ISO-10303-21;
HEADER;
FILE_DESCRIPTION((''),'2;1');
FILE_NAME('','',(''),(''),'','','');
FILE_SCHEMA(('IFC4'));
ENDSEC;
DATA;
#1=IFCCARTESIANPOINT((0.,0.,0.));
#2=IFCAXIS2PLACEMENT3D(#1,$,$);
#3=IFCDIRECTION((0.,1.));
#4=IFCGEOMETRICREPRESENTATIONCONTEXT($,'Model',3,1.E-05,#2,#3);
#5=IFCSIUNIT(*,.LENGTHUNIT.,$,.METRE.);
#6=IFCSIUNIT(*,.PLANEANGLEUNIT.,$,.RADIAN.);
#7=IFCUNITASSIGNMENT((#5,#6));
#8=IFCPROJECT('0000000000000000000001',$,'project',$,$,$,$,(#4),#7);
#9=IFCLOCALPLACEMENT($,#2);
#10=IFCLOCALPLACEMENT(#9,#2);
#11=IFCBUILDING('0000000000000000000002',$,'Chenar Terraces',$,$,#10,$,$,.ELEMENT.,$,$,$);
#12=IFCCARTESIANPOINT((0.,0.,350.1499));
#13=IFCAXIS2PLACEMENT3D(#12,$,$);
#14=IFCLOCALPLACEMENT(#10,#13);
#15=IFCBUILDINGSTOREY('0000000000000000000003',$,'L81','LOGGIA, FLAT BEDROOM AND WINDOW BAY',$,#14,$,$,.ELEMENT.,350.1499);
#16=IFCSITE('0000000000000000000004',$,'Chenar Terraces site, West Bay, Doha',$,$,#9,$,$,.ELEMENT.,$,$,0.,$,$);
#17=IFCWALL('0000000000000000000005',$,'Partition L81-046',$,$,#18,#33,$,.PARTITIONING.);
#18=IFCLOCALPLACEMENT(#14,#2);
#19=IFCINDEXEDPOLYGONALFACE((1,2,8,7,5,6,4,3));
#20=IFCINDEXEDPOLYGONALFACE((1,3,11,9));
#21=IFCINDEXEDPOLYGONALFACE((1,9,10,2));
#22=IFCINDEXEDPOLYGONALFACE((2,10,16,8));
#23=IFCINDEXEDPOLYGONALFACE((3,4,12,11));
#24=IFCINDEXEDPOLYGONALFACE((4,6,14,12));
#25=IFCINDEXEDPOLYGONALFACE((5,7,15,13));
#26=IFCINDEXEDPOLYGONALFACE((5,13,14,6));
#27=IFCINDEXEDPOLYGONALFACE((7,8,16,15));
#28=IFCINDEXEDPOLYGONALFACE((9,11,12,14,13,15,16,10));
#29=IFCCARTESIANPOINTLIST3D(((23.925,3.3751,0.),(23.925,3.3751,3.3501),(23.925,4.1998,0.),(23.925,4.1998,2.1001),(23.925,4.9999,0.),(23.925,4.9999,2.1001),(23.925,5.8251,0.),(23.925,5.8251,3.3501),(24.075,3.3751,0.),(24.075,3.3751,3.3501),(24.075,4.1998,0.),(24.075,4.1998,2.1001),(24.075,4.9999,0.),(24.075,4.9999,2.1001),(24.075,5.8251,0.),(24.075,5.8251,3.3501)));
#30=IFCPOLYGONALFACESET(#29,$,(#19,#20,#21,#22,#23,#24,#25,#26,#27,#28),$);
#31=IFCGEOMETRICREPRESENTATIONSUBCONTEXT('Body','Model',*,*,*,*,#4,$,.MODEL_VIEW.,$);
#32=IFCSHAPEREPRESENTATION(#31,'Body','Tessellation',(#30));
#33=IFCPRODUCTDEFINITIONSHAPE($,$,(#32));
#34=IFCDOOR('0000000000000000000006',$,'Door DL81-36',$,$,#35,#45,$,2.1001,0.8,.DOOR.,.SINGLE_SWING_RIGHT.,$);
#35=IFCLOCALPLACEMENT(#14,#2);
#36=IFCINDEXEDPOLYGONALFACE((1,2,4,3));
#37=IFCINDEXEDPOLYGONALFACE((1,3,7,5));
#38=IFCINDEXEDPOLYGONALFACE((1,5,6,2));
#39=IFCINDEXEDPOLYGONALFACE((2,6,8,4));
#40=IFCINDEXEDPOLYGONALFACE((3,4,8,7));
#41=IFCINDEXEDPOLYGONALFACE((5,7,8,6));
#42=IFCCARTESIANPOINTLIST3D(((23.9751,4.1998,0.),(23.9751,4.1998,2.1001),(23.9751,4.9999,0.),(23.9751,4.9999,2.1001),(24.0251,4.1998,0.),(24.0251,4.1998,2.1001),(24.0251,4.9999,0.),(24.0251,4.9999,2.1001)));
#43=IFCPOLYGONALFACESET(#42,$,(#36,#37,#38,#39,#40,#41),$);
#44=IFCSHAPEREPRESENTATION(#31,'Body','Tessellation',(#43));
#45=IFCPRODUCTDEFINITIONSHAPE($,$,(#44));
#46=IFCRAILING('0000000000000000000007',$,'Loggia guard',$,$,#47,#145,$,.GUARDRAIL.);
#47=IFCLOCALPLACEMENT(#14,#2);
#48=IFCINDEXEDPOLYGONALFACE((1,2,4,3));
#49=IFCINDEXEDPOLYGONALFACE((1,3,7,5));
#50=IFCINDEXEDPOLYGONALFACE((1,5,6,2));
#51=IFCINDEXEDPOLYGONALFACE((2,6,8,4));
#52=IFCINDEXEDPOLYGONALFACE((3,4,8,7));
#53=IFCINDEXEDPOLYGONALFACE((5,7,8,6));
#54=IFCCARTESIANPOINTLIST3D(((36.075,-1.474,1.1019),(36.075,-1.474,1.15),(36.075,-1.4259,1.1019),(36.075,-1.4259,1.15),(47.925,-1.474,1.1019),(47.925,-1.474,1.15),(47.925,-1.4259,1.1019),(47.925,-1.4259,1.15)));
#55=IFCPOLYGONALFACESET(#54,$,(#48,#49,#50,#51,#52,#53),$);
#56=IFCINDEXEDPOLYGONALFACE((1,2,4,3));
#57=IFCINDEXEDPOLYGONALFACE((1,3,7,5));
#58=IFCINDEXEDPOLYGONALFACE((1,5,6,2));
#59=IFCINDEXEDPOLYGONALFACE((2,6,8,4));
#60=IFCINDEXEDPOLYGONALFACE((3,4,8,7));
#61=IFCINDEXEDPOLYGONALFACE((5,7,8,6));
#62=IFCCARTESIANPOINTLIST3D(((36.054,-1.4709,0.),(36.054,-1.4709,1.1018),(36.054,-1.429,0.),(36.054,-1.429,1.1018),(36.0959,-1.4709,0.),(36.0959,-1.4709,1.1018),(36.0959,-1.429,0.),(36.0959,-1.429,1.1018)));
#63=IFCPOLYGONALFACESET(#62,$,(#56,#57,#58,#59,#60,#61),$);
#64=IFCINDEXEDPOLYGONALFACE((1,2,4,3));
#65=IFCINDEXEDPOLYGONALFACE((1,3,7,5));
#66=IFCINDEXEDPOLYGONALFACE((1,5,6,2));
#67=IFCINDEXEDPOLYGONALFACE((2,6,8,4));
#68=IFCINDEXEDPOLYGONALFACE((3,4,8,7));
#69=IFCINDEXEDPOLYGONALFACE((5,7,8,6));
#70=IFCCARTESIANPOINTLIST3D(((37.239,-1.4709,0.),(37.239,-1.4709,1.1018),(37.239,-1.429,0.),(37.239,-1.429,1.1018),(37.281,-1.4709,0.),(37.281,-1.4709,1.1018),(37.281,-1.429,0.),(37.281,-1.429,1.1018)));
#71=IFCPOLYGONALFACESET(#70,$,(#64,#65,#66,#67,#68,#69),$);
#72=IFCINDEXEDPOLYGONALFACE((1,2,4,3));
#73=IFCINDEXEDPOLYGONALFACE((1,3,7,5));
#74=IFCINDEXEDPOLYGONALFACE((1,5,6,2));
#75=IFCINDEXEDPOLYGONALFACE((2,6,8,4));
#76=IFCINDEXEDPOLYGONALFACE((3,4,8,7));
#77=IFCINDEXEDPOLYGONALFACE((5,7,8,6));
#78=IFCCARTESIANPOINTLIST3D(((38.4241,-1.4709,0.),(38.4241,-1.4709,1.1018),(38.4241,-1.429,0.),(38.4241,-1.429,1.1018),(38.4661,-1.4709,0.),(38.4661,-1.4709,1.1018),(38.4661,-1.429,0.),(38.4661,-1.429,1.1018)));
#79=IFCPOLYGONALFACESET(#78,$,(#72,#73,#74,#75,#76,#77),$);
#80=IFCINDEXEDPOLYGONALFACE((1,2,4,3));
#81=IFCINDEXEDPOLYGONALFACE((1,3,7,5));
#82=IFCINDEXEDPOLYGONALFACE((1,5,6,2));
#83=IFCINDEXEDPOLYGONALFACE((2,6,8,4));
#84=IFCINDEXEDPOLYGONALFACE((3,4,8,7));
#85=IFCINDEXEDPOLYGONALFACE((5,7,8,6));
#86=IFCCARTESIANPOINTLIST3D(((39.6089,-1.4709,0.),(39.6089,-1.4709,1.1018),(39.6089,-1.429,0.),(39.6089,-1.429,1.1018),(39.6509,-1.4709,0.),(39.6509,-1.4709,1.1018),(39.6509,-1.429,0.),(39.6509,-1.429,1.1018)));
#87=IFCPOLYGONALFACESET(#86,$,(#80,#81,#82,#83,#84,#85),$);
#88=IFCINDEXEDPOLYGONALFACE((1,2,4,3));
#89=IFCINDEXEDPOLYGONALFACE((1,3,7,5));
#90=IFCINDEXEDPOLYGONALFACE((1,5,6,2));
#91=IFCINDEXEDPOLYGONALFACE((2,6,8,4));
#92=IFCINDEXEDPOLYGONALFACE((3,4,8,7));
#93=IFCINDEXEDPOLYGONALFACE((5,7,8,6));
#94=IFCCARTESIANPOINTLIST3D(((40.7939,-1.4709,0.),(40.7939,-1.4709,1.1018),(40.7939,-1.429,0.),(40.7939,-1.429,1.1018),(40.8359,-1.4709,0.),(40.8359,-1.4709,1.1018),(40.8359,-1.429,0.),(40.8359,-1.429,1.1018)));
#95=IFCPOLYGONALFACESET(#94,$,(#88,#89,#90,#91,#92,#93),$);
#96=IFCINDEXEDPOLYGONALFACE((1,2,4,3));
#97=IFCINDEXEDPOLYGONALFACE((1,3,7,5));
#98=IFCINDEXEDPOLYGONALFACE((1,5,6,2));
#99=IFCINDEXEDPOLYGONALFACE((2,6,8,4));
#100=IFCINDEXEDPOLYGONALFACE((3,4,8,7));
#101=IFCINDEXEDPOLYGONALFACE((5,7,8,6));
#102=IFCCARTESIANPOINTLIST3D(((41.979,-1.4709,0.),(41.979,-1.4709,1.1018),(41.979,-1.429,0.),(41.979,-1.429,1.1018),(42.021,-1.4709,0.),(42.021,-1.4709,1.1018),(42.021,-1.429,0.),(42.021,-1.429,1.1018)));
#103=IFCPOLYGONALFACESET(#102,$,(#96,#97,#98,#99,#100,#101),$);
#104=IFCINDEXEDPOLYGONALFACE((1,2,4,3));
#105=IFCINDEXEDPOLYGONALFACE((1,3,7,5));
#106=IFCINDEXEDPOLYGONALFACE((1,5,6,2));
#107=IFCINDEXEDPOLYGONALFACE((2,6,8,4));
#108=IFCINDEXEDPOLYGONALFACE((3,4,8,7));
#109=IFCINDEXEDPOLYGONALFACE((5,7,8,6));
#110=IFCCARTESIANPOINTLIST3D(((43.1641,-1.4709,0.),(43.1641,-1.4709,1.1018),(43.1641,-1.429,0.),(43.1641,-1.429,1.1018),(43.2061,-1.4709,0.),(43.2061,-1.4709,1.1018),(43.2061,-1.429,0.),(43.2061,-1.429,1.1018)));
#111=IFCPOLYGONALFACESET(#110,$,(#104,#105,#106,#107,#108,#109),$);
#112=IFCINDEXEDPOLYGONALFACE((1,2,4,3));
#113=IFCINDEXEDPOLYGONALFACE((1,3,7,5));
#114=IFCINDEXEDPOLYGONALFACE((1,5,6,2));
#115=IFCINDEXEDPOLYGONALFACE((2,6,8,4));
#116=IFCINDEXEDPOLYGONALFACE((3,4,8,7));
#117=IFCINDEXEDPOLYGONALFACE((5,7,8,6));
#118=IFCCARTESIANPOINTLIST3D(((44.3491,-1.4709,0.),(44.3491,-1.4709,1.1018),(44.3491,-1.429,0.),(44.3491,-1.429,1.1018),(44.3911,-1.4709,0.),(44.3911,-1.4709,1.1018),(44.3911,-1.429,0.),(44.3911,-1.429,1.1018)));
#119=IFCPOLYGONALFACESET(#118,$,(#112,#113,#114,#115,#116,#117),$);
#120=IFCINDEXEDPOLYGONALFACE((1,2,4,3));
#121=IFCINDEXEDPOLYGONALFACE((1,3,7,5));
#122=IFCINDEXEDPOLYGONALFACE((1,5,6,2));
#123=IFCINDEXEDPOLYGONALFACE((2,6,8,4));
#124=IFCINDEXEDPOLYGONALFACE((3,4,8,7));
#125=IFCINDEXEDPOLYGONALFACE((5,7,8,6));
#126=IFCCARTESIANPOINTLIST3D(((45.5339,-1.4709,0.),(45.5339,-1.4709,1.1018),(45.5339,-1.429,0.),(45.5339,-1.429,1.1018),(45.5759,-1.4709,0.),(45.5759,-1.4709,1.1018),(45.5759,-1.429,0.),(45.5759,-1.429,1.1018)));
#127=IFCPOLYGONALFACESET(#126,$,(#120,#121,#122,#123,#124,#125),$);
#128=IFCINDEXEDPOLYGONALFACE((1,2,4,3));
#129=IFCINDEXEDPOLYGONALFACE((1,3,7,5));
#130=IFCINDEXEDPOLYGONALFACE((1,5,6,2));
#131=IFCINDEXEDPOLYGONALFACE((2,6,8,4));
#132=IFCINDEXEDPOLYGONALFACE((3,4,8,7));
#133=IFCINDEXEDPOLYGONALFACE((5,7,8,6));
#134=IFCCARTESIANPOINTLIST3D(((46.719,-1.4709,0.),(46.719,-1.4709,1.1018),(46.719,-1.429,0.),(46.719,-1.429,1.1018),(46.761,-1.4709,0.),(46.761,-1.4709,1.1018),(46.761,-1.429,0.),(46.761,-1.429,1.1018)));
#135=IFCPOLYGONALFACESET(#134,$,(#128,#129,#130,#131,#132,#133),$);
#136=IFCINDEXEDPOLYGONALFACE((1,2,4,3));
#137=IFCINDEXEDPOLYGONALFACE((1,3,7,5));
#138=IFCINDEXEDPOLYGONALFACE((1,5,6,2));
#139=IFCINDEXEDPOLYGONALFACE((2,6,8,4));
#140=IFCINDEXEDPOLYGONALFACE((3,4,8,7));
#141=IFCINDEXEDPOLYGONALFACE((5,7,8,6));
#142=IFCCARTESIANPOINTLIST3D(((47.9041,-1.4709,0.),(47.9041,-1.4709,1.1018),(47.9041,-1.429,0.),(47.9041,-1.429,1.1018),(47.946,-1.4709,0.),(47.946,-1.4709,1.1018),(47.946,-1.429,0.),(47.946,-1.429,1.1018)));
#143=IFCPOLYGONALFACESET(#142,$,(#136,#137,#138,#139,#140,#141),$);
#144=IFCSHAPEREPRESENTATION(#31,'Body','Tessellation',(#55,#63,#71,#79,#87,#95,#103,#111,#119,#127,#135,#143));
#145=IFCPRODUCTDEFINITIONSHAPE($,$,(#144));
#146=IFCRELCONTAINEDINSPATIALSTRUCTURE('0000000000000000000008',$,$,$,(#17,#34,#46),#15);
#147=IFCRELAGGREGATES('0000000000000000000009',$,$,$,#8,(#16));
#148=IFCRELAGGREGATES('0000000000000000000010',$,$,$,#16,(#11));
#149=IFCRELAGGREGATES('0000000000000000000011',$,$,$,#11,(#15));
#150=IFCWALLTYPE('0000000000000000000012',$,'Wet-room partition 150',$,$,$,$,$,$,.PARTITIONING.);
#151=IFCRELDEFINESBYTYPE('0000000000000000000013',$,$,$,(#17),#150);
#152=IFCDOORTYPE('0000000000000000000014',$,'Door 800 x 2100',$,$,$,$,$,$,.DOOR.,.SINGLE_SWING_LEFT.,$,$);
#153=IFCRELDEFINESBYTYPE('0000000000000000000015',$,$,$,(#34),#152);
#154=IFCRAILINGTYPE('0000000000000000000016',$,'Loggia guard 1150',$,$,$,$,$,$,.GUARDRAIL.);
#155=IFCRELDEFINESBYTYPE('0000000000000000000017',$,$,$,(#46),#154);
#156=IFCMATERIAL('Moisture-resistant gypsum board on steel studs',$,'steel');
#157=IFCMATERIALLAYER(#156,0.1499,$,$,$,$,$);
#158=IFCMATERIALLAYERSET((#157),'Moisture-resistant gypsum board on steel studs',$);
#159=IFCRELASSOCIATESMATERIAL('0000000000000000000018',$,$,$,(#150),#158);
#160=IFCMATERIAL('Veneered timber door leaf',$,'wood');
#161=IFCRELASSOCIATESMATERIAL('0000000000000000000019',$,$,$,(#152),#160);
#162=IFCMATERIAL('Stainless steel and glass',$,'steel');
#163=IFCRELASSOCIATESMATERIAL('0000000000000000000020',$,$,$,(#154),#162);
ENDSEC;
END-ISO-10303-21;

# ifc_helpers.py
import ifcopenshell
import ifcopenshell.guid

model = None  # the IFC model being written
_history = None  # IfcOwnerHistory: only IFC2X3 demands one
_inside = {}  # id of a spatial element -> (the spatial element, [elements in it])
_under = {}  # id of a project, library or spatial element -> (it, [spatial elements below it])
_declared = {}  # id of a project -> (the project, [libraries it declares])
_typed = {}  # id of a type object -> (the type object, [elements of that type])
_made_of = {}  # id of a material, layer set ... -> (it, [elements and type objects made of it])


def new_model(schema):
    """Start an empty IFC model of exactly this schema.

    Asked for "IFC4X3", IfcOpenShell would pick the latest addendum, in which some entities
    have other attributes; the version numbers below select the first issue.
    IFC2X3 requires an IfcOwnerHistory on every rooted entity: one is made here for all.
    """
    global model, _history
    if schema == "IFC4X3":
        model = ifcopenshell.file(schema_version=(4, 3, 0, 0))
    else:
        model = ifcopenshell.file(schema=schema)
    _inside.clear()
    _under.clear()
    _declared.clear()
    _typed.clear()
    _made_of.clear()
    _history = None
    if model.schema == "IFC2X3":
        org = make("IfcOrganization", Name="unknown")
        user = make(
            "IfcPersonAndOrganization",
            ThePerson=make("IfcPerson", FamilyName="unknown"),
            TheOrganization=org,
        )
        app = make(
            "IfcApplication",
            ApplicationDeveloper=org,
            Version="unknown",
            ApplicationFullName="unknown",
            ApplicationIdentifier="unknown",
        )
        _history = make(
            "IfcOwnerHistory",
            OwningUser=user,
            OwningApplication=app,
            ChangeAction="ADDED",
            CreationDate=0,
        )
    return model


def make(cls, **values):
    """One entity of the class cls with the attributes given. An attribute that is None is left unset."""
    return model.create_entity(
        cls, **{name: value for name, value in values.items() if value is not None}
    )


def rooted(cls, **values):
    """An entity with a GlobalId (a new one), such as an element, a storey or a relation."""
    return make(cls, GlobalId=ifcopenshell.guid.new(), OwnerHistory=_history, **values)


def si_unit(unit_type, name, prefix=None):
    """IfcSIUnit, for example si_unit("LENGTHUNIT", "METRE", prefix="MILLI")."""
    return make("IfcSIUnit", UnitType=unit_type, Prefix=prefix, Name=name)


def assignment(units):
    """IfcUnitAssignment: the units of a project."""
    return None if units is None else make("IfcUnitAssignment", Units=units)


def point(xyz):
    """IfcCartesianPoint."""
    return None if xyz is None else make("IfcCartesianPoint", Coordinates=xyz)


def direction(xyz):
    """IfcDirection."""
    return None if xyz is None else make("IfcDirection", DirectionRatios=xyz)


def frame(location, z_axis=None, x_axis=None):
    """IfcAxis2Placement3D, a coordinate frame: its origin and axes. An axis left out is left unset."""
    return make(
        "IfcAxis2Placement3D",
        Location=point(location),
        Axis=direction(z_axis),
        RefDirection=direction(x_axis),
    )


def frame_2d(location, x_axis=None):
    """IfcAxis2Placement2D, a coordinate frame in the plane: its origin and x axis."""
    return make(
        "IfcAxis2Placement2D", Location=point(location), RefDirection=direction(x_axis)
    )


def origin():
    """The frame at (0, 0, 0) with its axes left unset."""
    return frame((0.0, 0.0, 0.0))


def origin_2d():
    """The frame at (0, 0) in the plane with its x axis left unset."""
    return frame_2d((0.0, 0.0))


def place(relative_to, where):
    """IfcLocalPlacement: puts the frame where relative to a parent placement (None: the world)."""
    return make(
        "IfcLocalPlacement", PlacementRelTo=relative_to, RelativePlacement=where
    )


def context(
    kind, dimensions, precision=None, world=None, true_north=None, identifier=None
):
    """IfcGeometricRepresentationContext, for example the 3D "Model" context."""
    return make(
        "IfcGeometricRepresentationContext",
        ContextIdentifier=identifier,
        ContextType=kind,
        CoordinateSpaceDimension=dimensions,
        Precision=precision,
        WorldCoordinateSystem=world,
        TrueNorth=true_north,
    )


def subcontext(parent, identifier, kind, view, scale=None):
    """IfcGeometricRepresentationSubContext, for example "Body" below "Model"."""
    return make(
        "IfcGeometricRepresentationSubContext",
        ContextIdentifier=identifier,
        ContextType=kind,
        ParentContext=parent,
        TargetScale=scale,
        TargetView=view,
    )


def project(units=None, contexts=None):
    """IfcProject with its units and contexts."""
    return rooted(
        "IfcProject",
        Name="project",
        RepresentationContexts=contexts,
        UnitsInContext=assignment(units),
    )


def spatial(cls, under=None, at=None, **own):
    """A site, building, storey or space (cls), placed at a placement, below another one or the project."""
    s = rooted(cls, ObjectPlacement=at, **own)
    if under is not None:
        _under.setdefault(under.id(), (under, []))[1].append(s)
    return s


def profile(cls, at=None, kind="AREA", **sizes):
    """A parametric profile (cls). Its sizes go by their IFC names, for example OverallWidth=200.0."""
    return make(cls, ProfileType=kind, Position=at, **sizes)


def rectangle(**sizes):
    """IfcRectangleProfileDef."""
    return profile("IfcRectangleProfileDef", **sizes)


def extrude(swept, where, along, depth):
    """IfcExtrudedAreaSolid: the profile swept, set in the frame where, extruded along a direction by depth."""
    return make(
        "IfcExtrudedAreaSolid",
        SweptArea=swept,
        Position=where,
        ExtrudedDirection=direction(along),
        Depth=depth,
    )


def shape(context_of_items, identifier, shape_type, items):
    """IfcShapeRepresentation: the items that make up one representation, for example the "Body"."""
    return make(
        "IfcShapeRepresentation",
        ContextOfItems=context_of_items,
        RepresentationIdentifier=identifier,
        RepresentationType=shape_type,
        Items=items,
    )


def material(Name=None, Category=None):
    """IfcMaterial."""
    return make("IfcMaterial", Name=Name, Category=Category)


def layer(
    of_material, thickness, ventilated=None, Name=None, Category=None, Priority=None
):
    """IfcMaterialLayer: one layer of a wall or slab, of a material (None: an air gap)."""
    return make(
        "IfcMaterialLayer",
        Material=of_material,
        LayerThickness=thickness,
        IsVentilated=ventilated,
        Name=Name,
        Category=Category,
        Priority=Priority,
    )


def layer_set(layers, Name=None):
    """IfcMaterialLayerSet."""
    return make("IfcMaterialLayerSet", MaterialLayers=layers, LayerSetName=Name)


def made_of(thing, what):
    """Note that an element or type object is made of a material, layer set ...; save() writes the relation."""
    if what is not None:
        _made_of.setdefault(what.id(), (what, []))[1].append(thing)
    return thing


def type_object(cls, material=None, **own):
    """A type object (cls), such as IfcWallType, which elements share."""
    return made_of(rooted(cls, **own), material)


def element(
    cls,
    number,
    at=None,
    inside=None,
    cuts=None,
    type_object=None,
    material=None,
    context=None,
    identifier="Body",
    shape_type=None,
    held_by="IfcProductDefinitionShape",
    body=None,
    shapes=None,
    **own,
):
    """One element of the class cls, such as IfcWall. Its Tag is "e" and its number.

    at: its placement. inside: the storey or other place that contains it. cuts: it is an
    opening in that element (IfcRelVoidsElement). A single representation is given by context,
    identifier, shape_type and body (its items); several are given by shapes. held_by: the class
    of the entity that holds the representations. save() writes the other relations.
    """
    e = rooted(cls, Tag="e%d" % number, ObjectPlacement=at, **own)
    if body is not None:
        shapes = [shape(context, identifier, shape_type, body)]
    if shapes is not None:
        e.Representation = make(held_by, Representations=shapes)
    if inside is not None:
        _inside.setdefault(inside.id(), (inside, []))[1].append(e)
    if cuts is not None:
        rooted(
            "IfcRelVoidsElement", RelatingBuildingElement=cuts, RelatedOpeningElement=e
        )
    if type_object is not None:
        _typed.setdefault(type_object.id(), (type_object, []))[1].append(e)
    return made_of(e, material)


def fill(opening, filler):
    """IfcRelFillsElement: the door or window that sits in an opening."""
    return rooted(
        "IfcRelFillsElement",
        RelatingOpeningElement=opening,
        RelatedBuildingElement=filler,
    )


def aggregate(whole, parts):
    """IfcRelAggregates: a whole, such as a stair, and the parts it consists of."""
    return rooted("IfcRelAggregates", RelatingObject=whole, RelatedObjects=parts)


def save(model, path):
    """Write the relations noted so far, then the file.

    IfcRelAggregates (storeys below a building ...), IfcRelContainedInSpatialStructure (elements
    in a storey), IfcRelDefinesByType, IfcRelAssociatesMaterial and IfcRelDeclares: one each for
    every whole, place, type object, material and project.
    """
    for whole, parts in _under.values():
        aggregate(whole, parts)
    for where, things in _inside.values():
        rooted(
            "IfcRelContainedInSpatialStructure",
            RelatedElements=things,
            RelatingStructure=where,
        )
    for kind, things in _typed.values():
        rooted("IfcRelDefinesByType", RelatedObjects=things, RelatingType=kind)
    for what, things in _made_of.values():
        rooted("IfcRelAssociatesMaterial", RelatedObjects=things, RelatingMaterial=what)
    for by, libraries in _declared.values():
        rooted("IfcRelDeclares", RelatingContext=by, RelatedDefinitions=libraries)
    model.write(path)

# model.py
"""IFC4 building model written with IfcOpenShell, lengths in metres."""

from ifc_helpers import new_model, si_unit, direction, frame, frame_2d, origin, origin_2d, place, context, subcontext, project, spatial, rectangle, extrude, material, layer, layer_set, type_object, element, fill, save


model = new_model("IFC4")

# Units and contexts
model_context = context("Model", 3, precision=1e-05, world=origin(), true_north=direction((0.0, 1.0)))
body_context = subcontext(model_context, "Body", "Model", "MODEL_VIEW")
ifc_project = project(units=[si_unit("LENGTHUNIT", "METRE"), si_unit("PLANEANGLEUNIT", "RADIAN")], contexts=[model_context])

# Site, building, storey
site_placement = place(None, origin())
site = spatial("IfcSite", under=ifc_project, at=site_placement, Name="Chenar Terraces site, West Bay, Doha", CompositionType="ELEMENT", RefElevation=0.0)
building_placement = place(site_placement, origin())
building = spatial("IfcBuilding", under=site, at=building_placement, Name="Chenar Terraces", CompositionType="ELEMENT")
storey_placement = place(building_placement, frame((0.0, 0.0, 350.1499)))
storey = spatial("IfcBuildingStorey", under=building, at=storey_placement, Name="L81", Description="LOGGIA, FLAT BEDROOM AND WINDOW BAY", CompositionType="ELEMENT", Elevation=350.1499)

# Wall, opening, door
ifc_material_1 = material(Name="Moisture-resistant gypsum board on steel studs", Category="steel")
ifc_layer_1 = layer(ifc_material_1, 0.1499)
ifc_layer_set_1 = layer_set([ifc_layer_1], Name="Moisture-resistant gypsum board on steel studs")
wall_type_1 = type_object("IfcWallType", Name="Wet-room partition 150", PredefinedType="PARTITIONING", material=ifc_layer_set_1)
wall_1_placement = place(storey_placement, frame((24.0, 3.375, 0.0), z_axis=(0.0, 0.0, 1.0), x_axis=(0.0, 1.0, 0.0)))
wall_1 = element("IfcWall", 1, at=wall_1_placement, inside=storey, type_object=wall_type_1, Name="Partition L81-046", PredefinedType="PARTITIONING", context=body_context, shape_type="SweptSolid", body=[
    extrude(rectangle(XDim=2.45, YDim=0.1499, at=frame_2d((1.2251, 0.0))), origin(), (0.0, 0.0, 1.0), 3.3501),
])
opening_1_placement = place(wall_1_placement, frame((0.825, 0.0, 0.0)))
opening_1 = element("IfcOpeningElement", 2, at=opening_1_placement, cuts=wall_1, PredefinedType="OPENING", context=body_context, shape_type="SweptSolid", body=[
    extrude(rectangle(XDim=0.8, YDim=2.1001, at=frame_2d((0.3999, 1.05))), frame((0.0, 0.085, 0.0), z_axis=(0.0, -1.0, 0.0), x_axis=(1.0, 0.0, 0.0)), (0.0, 0.0, 1.0), 0.1699),
])
ifc_material_2 = material(Name="Veneered timber door leaf", Category="wood")
door_type_1 = type_object("IfcDoorType", Name="Door 800 x 2100", OperationType="SINGLE_SWING_LEFT", PredefinedType="DOOR", material=ifc_material_2)
door_1_placement = place(opening_1_placement, origin())
door_1 = element("IfcDoor", 3, at=door_1_placement, inside=storey, type_object=door_type_1, Name="Door DL81-36", OperationType="SINGLE_SWING_RIGHT", OverallHeight=2.1001, OverallWidth=0.8, PredefinedType="DOOR", context=body_context, shape_type="SweptSolid", body=[
    extrude(rectangle(XDim=0.8, YDim=2.1001, at=frame_2d((0.3999, 1.05))), frame((0.0, 0.0249, 0.0), z_axis=(0.0, -1.0, 0.0), x_axis=(1.0, 0.0, 0.0)), (0.0, 0.0, 1.0), 0.05),
])
fill(opening_1, door_1)

# Railing
ifc_material_3 = material(Name="Stainless steel and glass", Category="steel")
railing_type = type_object("IfcRailingType", Name="Loggia guard 1150", PredefinedType="GUARDRAIL", material=ifc_material_3)
railing_placement = place(storey_placement, frame((36.075, -1.45, 0.0)))
element("IfcRailing", 4, at=railing_placement, inside=storey, type_object=railing_type, Name="Loggia guard", PredefinedType="GUARDRAIL", context=body_context, shape_type="SweptSolid", body=[
    extrude(rectangle(XDim=0.0481, YDim=0.0481, at=origin_2d()), frame((0.0, 0.0, 1.126), z_axis=(1.0, 0.0, 0.0), x_axis=(0.0, 1.0, 0.0)), (0.0, 0.0, 1.0), 11.8501),
    extrude(rectangle(XDim=0.042, YDim=0.042, at=origin_2d()), origin(), (0.0, 0.0, 1.0), 1.1018),
    extrude(rectangle(XDim=0.042, YDim=0.042, at=origin_2d()), frame((1.1851, 0.0, 0.0)), (0.0, 0.0, 1.0), 1.1018),
    extrude(rectangle(XDim=0.042, YDim=0.042, at=origin_2d()), frame((2.3701, 0.0, 0.0)), (0.0, 0.0, 1.0), 1.1018),
    extrude(rectangle(XDim=0.042, YDim=0.042, at=origin_2d()), frame((3.5549, 0.0, 0.0)), (0.0, 0.0, 1.0), 1.1018),
    extrude(rectangle(XDim=0.042, YDim=0.042, at=origin_2d()), frame((4.74, 0.0, 0.0)), (0.0, 0.0, 1.0), 1.1018),
    extrude(rectangle(XDim=0.042, YDim=0.042, at=origin_2d()), frame((5.925, 0.0, 0.0)), (0.0, 0.0, 1.0), 1.1018),
    extrude(rectangle(XDim=0.042, YDim=0.042, at=origin_2d()), frame((7.1101, 0.0, 0.0)), (0.0, 0.0, 1.0), 1.1018),
    extrude(rectangle(XDim=0.042, YDim=0.042, at=origin_2d()), frame((8.2952, 0.0, 0.0)), (0.0, 0.0, 1.0), 1.1018),
    extrude(rectangle(XDim=0.042, YDim=0.042, at=origin_2d()), frame((9.48, 0.0, 0.0)), (0.0, 0.0, 1.0), 1.1018),
    extrude(rectangle(XDim=0.042, YDim=0.042, at=origin_2d()), frame((10.665, 0.0, 0.0)), (0.0, 0.0, 1.0), 1.1018),
    extrude(rectangle(XDim=0.042, YDim=0.042, at=origin_2d()), frame((11.8501, 0.0, 0.0)), (0.0, 0.0, 1.0), 1.1018),
])

save(model, "model.ifc")
